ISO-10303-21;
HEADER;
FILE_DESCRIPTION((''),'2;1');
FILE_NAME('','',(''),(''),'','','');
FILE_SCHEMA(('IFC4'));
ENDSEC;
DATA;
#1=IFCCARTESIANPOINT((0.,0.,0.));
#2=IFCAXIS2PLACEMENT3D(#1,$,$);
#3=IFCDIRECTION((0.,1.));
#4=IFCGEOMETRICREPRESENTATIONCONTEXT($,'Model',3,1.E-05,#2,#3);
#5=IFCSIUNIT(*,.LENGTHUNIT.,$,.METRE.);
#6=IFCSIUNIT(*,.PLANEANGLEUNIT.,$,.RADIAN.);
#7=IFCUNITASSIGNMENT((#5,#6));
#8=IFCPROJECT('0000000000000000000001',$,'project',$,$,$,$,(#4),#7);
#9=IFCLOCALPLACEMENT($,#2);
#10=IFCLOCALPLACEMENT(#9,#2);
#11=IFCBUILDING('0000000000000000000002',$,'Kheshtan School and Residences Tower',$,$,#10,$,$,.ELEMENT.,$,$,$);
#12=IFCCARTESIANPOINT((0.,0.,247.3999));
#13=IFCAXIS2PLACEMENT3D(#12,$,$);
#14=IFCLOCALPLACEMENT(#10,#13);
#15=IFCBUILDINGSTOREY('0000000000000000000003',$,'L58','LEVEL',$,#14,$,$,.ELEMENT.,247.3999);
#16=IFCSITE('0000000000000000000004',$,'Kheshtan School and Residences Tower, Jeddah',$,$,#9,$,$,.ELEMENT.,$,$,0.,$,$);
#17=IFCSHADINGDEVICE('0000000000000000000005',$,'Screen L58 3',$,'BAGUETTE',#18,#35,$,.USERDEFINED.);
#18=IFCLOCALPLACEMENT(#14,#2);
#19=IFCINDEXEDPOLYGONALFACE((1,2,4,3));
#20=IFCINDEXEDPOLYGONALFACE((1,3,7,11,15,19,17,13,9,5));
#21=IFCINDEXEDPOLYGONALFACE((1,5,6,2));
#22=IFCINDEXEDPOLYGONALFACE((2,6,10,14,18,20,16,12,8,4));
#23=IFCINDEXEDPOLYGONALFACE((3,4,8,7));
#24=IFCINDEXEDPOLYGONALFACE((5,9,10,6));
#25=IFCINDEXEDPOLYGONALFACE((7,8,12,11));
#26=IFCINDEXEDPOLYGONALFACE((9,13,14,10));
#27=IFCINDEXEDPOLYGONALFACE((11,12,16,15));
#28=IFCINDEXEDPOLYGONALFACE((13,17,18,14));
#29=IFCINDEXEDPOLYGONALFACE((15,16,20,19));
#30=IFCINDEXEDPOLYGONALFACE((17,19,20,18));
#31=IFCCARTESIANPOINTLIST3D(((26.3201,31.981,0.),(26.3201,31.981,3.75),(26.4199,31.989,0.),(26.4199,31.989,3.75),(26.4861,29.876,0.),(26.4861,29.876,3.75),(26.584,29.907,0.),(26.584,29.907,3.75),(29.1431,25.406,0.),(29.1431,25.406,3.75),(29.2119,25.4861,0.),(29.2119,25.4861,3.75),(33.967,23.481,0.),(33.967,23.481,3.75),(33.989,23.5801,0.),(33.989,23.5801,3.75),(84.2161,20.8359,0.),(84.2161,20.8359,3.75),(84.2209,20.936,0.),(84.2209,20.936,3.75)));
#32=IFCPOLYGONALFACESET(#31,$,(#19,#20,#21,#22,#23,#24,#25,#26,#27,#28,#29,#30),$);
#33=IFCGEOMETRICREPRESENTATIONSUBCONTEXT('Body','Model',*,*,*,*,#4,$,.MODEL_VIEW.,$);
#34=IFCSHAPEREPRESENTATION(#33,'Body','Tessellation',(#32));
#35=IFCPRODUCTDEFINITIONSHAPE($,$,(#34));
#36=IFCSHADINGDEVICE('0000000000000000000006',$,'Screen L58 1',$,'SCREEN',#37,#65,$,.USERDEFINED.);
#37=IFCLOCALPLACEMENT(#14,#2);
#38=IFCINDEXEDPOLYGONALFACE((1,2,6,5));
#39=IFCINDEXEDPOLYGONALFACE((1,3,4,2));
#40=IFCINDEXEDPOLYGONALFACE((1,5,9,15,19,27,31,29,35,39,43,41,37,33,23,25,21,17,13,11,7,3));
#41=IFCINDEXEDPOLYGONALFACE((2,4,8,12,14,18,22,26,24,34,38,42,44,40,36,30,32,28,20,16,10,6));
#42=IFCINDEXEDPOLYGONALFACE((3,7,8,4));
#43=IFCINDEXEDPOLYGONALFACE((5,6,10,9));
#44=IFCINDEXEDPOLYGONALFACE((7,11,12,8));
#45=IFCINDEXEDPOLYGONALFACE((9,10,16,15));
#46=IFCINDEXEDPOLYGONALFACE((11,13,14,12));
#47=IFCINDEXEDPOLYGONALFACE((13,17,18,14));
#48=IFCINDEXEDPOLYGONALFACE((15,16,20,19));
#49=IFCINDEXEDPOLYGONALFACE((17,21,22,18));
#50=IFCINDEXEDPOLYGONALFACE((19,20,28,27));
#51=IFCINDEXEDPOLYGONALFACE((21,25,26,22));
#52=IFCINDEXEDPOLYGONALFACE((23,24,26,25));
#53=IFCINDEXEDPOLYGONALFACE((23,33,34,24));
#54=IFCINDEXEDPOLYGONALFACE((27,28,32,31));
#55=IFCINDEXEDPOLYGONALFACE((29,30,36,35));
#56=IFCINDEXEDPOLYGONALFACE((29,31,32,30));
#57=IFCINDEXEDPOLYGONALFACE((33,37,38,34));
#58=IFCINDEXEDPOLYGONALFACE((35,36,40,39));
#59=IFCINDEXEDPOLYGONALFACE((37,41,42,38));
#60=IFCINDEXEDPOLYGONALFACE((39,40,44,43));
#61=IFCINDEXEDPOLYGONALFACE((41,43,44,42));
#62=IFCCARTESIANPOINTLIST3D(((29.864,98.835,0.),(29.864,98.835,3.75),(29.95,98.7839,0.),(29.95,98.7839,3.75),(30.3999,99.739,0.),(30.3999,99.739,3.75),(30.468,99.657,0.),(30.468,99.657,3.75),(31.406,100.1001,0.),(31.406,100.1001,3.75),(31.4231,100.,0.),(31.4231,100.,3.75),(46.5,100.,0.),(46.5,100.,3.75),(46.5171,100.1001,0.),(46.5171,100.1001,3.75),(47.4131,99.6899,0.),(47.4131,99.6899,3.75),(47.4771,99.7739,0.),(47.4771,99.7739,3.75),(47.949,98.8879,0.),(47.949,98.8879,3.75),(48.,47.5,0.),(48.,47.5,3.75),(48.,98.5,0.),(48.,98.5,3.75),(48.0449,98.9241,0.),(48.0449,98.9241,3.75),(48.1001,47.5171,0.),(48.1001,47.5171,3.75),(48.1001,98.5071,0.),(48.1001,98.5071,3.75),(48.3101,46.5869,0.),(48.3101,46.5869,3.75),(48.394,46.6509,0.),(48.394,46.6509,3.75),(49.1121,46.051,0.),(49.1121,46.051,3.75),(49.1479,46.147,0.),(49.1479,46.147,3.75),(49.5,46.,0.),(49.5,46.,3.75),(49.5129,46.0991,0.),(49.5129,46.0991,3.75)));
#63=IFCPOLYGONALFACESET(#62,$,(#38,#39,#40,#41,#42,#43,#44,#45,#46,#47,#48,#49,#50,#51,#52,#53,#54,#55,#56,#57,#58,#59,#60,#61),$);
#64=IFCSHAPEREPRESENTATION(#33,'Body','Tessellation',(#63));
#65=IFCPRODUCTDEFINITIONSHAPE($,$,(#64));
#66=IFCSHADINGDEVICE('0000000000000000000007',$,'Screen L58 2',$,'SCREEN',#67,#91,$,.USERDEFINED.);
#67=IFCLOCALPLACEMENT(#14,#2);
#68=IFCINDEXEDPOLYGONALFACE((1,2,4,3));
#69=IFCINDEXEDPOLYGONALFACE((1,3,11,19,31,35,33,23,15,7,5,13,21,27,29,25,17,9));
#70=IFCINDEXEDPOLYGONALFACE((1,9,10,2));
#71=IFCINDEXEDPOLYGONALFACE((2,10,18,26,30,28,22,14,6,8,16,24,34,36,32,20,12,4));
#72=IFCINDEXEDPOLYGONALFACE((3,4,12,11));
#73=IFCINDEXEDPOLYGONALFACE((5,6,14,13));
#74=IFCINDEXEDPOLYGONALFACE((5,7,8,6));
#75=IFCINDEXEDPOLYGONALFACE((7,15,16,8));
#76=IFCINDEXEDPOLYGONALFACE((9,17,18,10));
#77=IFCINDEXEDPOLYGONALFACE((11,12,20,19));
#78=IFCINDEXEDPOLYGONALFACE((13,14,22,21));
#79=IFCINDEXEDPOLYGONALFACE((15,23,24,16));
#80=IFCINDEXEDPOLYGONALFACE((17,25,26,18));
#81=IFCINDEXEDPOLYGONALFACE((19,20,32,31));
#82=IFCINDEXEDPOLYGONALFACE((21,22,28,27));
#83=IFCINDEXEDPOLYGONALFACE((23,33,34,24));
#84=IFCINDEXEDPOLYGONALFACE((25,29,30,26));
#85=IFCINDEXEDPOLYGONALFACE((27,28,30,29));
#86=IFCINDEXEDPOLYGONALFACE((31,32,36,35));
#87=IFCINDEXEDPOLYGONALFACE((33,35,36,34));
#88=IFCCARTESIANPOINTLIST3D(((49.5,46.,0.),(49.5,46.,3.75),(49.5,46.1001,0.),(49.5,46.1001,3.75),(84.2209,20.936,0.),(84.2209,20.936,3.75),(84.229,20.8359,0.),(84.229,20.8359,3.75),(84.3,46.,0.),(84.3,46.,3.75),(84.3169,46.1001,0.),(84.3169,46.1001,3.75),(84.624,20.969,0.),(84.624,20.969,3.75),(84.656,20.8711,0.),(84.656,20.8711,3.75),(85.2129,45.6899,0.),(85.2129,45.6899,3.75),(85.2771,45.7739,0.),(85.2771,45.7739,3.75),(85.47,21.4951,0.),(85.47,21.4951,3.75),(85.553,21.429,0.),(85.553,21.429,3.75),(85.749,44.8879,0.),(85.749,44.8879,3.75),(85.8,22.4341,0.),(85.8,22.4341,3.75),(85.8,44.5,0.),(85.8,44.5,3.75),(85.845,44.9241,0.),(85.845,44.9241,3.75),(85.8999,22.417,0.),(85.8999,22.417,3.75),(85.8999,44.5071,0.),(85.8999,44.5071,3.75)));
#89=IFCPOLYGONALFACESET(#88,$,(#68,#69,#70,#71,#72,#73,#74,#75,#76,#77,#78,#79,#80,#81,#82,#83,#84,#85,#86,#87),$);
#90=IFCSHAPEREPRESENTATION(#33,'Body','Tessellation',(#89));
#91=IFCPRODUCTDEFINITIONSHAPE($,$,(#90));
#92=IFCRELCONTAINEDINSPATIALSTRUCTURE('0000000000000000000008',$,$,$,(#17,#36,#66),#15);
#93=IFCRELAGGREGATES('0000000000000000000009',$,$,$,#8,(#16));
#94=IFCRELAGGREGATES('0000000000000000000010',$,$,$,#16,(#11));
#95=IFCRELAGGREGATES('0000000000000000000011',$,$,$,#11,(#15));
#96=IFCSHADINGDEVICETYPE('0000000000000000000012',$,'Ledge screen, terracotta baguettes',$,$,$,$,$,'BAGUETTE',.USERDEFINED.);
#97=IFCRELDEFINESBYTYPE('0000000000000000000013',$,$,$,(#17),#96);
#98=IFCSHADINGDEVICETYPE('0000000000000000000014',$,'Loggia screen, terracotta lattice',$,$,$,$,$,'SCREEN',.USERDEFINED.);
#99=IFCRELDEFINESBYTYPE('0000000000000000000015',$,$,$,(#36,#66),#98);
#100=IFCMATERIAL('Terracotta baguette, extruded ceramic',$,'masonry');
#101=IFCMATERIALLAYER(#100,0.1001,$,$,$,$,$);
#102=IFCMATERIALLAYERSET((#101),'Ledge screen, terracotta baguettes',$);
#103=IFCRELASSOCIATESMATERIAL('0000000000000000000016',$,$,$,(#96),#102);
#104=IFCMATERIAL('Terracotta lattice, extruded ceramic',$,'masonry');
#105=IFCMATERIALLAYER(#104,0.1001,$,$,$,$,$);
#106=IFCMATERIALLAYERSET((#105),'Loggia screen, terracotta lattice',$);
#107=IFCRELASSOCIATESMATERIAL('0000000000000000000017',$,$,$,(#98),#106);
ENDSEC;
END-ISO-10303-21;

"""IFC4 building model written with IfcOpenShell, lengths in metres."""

from ifc_helpers import new_model, si_unit, direction, frame, origin, place, context, subcontext, project, spatial, polyline, outline, extrude, material, layer, layer_set, type_object, element, save


model = new_model("IFC4")

# Units and contexts
model_context = context("Model", 3, precision=1e-05, world=origin(), true_north=direction((0.0, 1.0)))
body_context = subcontext(model_context, "Body", "Model", "MODEL_VIEW")
ifc_project = project(units=[si_unit("LENGTHUNIT", "METRE"), si_unit("PLANEANGLEUNIT", "RADIAN")], contexts=[model_context])

# Site, building, storey
site_placement = place(None, origin())
site = spatial("IfcSite", under=ifc_project, at=site_placement, Name="Kheshtan School and Residences Tower, Jeddah", CompositionType="ELEMENT", RefElevation=0.0)
building_placement = place(site_placement, origin())
building = spatial("IfcBuilding", under=site, at=building_placement, Name="Kheshtan School and Residences Tower", CompositionType="ELEMENT")
storey_placement = place(building_placement, frame((0.0, 0.0, 247.3999)))
storey = spatial("IfcBuildingStorey", under=building, at=storey_placement, Name="L58", Description="LEVEL", CompositionType="ELEMENT", Elevation=247.3999)

# Shading devices
ifc_material_1 = material(Name="Terracotta baguette, extruded ceramic", Category="masonry")
ifc_layer_1 = layer(ifc_material_1, 0.1001)
ifc_layer_set_1 = layer_set([ifc_layer_1], Name="Ledge screen, terracotta baguettes")
shading_device_type_1 = type_object("IfcShadingDeviceType", Name="Ledge screen, terracotta baguettes", ElementType="BAGUETTE", PredefinedType="USERDEFINED", material=ifc_layer_set_1)
shading_device_1_placement = place(storey_placement, origin())
element("IfcShadingDevice", 1, at=shading_device_1_placement, inside=storey, type_object=shading_device_type_1, Name="Screen L58 3", ObjectType="BAGUETTE", PredefinedType="USERDEFINED", context=body_context, shape_type="SweptSolid", body=[
    extrude(outline(polyline([(84.2209, 20.936), (33.989, 23.5801), (29.2119, 25.4861), (26.584, 29.907), (26.4199, 31.989), (26.3201, 31.981), (26.4861, 29.876), (29.1431, 25.406), (33.967, 23.481), (84.2161, 20.8359), (84.2209, 20.936)])), origin(), (0.0, 0.0, 1.0), 3.75),
])
ifc_material_2 = material(Name="Terracotta lattice, extruded ceramic", Category="masonry")
ifc_layer_2 = layer(ifc_material_2, 0.1001)
ifc_layer_set_2 = layer_set([ifc_layer_2], Name="Loggia screen, terracotta lattice")
shading_device_type_2 = type_object("IfcShadingDeviceType", Name="Loggia screen, terracotta lattice", ElementType="SCREEN", PredefinedType="USERDEFINED", material=ifc_layer_set_2)
shading_device_2_placement = place(storey_placement, origin())
element("IfcShadingDevice", 2, at=shading_device_2_placement, inside=storey, type_object=shading_device_type_2, Name="Screen L58 1", ObjectType="SCREEN", PredefinedType="USERDEFINED", context=body_context, shape_type="SweptSolid", body=[
    extrude(outline(polyline([(29.95, 98.7839), (30.468, 99.657), (31.4231, 100.0), (46.5, 100.0), (47.4131, 99.6899), (47.949, 98.8879), (48.0, 98.5), (48.0, 47.5), (48.3101, 46.5869), (49.1121, 46.051), (49.5, 46.0), (49.5129, 46.0991), (49.1479, 46.147), (48.394, 46.6509), (48.1001, 47.5171), (48.1001, 98.5071), (48.0449, 98.9241), (47.4771, 99.7739), (46.5171, 100.1001), (31.406, 100.1001), (30.3999, 99.739), (29.864, 98.835), (29.95, 98.7839)])), origin(), (0.0, 0.0, 1.0), 3.75),
])
shading_device_3_placement = place(storey_placement, origin())
element("IfcShadingDevice", 3, at=shading_device_3_placement, inside=storey, type_object=shading_device_type_2, Name="Screen L58 2", ObjectType="SCREEN", PredefinedType="USERDEFINED", context=body_context, shape_type="SweptSolid", body=[
    extrude(outline(polyline([(49.5, 46.0), (84.3, 46.0), (85.2129, 45.6899), (85.749, 44.8879), (85.8, 44.5), (85.8, 22.4341), (85.47, 21.4951), (84.624, 20.969), (84.2209, 20.936), (84.229, 20.8359), (84.656, 20.8711), (85.553, 21.429), (85.8999, 22.417), (85.8999, 44.5071), (85.845, 44.9241), (85.2771, 45.7739), (84.3169, 46.1001), (49.5, 46.1001), (49.5, 46.0)])), origin(), (0.0, 0.0, 1.0), 3.75),
])

save(model, "model.ifc")
